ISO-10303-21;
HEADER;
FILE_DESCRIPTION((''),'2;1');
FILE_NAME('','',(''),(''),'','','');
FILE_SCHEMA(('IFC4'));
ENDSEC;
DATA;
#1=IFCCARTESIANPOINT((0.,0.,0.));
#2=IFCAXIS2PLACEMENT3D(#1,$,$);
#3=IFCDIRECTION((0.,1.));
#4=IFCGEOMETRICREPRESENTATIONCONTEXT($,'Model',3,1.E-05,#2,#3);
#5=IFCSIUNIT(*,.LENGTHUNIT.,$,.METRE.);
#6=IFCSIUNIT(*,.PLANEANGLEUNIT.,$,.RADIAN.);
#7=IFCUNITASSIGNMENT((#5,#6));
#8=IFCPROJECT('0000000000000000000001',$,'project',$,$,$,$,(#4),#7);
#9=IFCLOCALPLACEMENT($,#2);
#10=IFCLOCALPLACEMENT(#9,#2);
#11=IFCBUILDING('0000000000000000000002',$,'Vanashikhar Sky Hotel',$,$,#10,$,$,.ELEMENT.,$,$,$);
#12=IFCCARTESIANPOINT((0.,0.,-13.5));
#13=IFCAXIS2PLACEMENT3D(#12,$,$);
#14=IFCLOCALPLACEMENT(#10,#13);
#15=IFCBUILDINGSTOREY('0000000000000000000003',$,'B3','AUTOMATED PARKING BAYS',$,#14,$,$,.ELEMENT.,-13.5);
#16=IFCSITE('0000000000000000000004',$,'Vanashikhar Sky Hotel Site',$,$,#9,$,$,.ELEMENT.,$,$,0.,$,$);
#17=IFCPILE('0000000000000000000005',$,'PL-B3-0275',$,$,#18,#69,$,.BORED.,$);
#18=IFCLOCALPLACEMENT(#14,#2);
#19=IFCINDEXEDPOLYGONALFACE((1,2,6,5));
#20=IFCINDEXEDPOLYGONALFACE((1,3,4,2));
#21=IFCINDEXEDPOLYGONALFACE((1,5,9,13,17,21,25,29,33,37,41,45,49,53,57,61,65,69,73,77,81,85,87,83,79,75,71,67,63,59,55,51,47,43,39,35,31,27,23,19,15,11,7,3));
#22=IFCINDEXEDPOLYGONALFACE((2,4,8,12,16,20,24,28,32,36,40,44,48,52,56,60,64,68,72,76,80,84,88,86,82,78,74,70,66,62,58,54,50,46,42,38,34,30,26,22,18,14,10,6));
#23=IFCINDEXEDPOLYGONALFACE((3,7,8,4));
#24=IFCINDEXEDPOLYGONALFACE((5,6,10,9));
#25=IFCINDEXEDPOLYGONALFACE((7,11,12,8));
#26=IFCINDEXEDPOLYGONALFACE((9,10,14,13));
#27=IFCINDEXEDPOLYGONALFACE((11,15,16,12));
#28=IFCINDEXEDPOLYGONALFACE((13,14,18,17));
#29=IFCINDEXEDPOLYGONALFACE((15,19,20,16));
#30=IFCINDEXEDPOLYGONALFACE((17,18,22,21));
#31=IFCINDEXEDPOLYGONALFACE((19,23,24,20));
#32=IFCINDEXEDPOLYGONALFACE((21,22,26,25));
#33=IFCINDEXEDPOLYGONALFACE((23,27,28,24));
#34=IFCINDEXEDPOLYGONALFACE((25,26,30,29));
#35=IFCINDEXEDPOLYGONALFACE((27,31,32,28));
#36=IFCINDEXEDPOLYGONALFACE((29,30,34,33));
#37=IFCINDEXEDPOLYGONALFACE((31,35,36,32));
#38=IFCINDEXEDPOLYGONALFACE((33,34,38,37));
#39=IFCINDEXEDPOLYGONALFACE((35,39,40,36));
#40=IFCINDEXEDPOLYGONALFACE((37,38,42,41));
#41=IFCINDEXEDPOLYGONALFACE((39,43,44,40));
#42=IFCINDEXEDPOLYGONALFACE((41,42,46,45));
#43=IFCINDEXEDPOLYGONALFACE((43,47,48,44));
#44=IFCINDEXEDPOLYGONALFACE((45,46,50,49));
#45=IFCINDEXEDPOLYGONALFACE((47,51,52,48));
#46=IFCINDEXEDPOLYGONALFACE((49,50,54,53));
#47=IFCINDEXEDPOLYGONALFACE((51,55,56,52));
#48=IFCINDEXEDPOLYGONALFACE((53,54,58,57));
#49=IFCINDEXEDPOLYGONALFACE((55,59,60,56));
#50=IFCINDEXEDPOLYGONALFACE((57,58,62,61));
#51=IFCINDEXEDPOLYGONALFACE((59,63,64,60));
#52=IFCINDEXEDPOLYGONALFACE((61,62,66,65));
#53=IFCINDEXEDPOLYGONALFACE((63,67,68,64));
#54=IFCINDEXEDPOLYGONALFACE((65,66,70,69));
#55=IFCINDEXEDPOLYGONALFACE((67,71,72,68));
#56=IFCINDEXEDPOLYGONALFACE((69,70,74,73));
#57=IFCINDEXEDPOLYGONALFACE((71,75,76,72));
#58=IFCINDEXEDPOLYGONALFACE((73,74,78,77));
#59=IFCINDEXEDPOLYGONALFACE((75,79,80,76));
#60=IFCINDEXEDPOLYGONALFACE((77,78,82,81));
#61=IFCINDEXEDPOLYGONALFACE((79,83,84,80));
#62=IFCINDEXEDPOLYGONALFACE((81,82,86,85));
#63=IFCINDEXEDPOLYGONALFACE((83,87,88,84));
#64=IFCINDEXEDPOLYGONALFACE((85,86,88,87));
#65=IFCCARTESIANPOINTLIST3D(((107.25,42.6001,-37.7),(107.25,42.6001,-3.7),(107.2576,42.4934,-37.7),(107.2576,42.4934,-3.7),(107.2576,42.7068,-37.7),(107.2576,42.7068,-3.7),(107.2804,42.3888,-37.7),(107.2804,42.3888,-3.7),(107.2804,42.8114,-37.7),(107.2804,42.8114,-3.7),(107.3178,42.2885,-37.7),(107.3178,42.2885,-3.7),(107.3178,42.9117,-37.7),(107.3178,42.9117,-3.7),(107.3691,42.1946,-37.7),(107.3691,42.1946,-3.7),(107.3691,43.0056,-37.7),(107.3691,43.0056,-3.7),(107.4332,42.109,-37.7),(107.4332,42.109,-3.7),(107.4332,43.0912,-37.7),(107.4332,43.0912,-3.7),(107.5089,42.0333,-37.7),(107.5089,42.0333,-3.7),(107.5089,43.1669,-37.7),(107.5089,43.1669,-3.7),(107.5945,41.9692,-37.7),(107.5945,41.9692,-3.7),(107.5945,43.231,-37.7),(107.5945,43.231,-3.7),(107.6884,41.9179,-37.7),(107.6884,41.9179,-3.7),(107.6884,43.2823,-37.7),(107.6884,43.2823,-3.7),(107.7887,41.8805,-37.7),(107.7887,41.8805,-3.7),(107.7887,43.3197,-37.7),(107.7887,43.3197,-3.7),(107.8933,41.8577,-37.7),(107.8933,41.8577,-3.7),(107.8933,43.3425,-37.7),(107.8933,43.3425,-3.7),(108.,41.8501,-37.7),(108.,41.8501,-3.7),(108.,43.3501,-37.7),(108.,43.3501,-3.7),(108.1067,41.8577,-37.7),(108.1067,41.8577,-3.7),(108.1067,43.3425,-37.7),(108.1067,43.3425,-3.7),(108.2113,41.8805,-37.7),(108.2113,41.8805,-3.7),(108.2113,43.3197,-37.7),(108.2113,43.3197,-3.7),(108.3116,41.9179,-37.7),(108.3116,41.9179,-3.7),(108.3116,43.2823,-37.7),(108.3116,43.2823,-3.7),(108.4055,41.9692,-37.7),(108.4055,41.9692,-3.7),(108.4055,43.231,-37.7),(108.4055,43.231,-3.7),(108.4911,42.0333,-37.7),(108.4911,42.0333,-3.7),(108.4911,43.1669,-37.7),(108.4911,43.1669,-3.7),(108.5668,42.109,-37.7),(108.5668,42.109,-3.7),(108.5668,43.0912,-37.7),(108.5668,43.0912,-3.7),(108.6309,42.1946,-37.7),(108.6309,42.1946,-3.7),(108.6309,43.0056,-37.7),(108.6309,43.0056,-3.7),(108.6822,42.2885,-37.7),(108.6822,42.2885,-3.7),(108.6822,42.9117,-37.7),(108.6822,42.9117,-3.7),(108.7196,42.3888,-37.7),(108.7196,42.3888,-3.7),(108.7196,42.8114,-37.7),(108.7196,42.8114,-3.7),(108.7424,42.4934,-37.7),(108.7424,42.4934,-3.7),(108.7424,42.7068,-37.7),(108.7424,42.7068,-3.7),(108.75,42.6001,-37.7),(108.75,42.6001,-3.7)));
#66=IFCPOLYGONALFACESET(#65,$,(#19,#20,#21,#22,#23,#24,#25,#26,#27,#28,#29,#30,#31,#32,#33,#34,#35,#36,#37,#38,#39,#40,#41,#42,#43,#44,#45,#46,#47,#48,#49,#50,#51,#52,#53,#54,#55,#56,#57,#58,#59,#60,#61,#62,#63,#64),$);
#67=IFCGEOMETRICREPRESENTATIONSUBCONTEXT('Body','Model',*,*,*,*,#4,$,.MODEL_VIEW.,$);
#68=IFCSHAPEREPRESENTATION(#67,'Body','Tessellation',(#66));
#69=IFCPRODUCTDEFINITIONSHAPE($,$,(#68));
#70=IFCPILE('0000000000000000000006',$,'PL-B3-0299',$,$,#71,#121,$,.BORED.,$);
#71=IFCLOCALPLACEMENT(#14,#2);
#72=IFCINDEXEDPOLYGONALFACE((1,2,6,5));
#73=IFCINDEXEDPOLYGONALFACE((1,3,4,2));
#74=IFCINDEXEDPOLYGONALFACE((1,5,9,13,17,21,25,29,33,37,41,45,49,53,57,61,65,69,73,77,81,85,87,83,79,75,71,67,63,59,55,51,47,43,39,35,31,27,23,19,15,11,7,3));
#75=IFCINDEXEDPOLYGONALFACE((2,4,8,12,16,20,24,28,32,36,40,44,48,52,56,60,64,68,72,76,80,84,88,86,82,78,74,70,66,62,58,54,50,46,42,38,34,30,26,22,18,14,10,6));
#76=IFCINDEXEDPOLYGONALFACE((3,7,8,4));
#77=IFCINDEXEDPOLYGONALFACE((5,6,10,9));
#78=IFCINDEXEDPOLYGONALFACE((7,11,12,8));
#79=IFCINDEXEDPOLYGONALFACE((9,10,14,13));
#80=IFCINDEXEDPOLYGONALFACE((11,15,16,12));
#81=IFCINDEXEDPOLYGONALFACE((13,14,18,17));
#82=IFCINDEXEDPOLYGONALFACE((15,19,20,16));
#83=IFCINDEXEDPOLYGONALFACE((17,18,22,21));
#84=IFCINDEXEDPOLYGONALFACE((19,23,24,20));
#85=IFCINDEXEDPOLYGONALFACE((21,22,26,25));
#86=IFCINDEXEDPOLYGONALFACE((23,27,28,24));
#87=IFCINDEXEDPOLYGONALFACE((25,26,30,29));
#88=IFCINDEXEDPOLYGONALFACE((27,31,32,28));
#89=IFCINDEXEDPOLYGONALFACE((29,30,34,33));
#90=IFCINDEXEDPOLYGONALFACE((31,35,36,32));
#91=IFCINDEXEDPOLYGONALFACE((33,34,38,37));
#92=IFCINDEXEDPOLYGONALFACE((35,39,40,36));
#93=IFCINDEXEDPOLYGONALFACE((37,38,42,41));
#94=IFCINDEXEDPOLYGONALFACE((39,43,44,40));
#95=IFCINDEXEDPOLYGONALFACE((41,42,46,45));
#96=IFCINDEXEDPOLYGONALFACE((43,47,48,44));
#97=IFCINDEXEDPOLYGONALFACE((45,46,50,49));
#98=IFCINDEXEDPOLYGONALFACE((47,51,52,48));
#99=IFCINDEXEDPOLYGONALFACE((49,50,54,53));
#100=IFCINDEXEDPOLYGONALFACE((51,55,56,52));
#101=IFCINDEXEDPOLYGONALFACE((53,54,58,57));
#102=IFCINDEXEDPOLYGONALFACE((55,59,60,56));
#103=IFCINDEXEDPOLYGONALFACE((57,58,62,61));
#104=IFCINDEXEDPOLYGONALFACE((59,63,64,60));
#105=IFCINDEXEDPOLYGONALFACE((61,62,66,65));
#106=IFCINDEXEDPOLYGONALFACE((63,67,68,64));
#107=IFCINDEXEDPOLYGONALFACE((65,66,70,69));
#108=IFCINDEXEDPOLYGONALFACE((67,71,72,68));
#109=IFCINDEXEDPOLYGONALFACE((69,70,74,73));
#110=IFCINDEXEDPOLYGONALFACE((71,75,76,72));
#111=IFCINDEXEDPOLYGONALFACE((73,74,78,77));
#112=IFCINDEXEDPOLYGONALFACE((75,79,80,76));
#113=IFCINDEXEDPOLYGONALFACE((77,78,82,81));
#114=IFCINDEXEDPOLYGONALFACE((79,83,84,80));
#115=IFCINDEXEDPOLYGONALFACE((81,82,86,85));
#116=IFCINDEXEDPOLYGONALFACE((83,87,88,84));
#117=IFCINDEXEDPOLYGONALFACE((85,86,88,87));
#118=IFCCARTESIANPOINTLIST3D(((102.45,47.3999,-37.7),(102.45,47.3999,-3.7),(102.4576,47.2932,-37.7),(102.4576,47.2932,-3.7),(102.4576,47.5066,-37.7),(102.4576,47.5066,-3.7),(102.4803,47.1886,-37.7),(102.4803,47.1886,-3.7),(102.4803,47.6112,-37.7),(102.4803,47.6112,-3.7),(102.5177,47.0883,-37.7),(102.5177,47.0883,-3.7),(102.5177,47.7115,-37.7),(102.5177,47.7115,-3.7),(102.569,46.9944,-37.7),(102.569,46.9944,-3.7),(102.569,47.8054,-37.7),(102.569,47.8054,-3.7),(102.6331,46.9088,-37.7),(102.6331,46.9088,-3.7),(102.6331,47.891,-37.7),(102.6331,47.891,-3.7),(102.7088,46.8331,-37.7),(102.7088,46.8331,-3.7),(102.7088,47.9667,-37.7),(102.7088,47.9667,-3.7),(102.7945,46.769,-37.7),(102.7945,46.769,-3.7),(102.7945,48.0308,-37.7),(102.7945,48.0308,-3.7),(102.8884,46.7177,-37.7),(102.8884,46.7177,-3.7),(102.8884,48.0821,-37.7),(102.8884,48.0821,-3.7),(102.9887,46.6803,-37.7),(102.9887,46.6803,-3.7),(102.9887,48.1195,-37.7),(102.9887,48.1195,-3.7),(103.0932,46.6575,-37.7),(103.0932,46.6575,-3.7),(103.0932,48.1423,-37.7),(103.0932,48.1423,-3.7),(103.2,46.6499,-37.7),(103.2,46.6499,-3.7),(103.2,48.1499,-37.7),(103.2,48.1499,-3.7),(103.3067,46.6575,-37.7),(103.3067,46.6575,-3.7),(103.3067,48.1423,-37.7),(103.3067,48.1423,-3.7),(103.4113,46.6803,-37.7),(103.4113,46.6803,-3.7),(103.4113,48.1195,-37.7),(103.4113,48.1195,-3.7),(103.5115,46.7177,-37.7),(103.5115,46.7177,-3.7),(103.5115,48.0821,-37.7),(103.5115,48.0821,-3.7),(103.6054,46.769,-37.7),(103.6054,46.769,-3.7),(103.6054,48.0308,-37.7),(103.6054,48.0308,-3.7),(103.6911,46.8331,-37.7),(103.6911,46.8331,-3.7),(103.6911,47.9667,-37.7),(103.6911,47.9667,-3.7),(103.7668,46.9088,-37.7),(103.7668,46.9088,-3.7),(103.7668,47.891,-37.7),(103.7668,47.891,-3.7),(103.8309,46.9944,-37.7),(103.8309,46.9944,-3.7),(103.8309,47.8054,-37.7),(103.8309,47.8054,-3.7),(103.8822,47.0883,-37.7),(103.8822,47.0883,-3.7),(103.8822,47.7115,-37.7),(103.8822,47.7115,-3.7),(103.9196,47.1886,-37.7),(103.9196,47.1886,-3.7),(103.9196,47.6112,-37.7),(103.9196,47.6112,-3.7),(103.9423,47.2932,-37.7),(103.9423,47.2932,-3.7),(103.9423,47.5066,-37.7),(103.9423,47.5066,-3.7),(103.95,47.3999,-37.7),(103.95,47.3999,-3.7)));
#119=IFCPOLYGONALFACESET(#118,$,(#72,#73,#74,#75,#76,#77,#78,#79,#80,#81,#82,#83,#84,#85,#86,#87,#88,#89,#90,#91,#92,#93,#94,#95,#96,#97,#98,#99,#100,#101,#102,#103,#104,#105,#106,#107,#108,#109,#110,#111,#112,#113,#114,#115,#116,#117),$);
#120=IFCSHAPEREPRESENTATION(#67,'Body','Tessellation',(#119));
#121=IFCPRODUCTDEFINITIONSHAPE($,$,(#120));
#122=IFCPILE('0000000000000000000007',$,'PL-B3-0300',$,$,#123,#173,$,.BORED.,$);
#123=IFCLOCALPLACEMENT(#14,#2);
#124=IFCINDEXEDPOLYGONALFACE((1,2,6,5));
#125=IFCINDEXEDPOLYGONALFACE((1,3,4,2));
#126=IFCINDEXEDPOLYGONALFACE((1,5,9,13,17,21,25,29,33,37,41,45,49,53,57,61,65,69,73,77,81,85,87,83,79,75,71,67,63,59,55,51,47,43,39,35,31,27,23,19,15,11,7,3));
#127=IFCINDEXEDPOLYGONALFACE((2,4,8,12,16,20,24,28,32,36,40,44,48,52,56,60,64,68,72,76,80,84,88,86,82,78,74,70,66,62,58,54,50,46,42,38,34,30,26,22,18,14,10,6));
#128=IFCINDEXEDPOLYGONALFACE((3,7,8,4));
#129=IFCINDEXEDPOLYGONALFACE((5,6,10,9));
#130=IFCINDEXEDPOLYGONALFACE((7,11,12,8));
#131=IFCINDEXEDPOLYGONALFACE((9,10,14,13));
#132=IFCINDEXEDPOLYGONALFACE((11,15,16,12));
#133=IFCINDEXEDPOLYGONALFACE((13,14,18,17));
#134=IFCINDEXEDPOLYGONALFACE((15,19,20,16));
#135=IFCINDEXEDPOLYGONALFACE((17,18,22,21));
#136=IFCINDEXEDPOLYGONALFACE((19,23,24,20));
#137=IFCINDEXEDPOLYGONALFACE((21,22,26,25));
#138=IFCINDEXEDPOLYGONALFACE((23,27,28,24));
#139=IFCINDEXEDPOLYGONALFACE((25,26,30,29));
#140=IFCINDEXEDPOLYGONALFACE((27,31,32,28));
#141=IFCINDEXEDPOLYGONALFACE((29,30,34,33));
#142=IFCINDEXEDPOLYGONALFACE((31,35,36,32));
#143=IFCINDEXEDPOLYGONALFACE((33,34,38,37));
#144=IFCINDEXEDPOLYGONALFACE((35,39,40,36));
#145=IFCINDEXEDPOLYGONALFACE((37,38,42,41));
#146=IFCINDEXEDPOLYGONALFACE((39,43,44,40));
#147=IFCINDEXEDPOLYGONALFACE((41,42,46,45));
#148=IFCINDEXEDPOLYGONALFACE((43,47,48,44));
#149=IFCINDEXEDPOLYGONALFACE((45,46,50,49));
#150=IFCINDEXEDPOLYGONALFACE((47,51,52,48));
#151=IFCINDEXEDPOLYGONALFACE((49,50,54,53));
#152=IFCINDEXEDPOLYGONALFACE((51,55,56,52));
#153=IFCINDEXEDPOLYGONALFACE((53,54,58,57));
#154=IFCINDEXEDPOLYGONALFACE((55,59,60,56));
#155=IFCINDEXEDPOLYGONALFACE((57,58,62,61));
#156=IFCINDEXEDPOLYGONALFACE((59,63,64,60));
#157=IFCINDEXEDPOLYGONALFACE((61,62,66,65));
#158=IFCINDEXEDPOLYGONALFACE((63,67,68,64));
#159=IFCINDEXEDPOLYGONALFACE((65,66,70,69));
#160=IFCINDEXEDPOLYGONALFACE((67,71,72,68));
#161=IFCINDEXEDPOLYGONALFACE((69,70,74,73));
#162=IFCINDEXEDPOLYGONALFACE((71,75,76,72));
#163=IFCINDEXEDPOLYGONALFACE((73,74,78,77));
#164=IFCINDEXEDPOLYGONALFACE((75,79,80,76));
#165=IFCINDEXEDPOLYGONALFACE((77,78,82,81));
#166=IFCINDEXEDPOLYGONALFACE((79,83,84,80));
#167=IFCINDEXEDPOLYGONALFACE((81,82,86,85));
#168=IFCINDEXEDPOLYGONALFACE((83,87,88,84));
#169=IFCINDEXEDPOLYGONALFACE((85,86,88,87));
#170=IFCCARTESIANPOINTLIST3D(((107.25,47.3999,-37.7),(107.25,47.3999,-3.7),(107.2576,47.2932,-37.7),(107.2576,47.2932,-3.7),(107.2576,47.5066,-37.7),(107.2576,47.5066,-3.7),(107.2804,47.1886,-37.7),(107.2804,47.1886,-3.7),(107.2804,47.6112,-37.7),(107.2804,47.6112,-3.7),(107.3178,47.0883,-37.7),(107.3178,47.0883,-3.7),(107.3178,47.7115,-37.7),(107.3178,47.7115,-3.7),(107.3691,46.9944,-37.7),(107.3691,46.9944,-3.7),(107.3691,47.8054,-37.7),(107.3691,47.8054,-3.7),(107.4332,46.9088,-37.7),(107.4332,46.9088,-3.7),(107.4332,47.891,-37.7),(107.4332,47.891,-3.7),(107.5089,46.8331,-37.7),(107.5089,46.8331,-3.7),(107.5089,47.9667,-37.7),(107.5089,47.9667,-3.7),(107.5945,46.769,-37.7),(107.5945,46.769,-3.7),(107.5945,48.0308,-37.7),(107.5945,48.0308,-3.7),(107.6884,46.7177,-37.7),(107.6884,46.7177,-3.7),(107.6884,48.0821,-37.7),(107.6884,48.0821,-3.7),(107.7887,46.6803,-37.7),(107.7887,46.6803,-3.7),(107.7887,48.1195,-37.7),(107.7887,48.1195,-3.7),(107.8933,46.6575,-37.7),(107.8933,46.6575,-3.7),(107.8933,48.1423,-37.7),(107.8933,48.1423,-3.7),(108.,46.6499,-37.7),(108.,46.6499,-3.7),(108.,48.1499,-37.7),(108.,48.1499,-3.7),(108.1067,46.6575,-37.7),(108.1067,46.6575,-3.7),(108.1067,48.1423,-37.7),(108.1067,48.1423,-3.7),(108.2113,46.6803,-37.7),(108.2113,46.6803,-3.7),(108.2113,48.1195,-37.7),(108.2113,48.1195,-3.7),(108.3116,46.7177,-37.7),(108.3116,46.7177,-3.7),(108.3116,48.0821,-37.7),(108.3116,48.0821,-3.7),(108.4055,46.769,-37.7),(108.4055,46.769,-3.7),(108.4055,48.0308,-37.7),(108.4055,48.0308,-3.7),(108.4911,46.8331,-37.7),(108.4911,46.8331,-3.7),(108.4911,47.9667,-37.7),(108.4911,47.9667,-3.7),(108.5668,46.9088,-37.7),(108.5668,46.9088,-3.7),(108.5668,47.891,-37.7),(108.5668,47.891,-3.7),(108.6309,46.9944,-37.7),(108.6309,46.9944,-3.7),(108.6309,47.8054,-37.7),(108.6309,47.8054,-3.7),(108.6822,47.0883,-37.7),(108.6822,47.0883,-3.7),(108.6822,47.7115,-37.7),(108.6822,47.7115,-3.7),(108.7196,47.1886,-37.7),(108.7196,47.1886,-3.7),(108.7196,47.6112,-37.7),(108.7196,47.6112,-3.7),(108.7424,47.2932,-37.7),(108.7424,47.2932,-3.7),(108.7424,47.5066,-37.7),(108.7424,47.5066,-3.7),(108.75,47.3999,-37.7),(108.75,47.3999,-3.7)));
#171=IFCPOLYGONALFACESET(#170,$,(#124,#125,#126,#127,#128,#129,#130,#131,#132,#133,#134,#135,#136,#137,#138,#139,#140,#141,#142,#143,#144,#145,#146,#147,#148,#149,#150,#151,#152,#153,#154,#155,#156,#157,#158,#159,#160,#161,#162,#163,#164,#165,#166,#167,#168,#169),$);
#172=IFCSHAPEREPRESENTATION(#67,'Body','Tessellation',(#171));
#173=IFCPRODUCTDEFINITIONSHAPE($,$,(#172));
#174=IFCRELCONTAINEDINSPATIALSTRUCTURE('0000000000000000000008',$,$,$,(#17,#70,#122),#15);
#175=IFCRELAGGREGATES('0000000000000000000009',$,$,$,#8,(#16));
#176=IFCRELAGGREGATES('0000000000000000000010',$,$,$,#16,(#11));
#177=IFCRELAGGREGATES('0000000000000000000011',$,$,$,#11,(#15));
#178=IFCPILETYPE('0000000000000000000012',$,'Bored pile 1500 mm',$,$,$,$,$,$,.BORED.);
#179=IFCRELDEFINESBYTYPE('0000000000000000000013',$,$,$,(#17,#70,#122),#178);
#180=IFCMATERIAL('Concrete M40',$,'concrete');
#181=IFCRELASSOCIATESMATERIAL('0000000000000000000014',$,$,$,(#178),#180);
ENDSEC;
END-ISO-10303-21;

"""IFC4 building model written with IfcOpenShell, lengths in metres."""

from ifc_helpers import new_model, si_unit, direction, frame, origin, origin_2d, place, context, subcontext, project, spatial, circle, extrude, source, transform, mapped, material, type_object, element, save


model = new_model("IFC4")

# Units and contexts
model_context = context("Model", 3, precision=1e-05, world=origin(), true_north=direction((0.0, 1.0)))
body_context = subcontext(model_context, "Body", "Model", "MODEL_VIEW")
ifc_project = project(units=[si_unit("LENGTHUNIT", "METRE"), si_unit("PLANEANGLEUNIT", "RADIAN")], contexts=[model_context])

# Site, building, storey
site_placement = place(None, origin())
site = spatial("IfcSite", under=ifc_project, at=site_placement, Name="Vanashikhar Sky Hotel Site", CompositionType="ELEMENT", RefElevation=0.0)
building_placement = place(site_placement, origin())
building = spatial("IfcBuilding", under=site, at=building_placement, Name="Vanashikhar Sky Hotel", CompositionType="ELEMENT")
storey_placement = place(building_placement, frame((0.0, 0.0, -13.5)))
storey = spatial("IfcBuildingStorey", under=building, at=storey_placement, Name="B3", Description="AUTOMATED PARKING BAYS", CompositionType="ELEMENT", Elevation=-13.5)

# Piles
ifc_material_1 = material(Name="Concrete M40", Category="concrete")
pile_type_1 = type_object("IfcPileType", Name="Bored pile 1500 mm", PredefinedType="BORED", material=ifc_material_1)
shared_shape_1 = source(origin(), body_context, "Body", "SweptSolid", [
    extrude(circle(Radius=0.75, at=origin_2d()), origin(), (0.0, 0.0, 1.0), 34.0),
])
for number, where, z_axis, x_axis, name in (
    (1, (108.0, 42.6001, -3.7), (0.0, 0.0, -1.0), (1.0, 0.0, 0.0), "PL-B3-0275"),
    (2, (103.2, 47.3999, -3.7), (0.0, 0.0, -1.0), (1.0, 0.0, 0.0), "PL-B3-0299"),
    (3, (108.0, 47.3999, -3.7), (0.0, 0.0, -1.0), (1.0, 0.0, 0.0), "PL-B3-0300"),
):
    element("IfcPile", number, at=place(storey_placement, frame(where, z_axis=z_axis, x_axis=x_axis)), inside=storey, type_object=pile_type_1, Name=name, PredefinedType="BORED", context=body_context, shape_type="MappedRepresentation", body=[
        mapped(shared_shape_1, transform((0.0, 0.0, 0.0), scale=1.0)),
    ])

save(model, "model.ifc")
